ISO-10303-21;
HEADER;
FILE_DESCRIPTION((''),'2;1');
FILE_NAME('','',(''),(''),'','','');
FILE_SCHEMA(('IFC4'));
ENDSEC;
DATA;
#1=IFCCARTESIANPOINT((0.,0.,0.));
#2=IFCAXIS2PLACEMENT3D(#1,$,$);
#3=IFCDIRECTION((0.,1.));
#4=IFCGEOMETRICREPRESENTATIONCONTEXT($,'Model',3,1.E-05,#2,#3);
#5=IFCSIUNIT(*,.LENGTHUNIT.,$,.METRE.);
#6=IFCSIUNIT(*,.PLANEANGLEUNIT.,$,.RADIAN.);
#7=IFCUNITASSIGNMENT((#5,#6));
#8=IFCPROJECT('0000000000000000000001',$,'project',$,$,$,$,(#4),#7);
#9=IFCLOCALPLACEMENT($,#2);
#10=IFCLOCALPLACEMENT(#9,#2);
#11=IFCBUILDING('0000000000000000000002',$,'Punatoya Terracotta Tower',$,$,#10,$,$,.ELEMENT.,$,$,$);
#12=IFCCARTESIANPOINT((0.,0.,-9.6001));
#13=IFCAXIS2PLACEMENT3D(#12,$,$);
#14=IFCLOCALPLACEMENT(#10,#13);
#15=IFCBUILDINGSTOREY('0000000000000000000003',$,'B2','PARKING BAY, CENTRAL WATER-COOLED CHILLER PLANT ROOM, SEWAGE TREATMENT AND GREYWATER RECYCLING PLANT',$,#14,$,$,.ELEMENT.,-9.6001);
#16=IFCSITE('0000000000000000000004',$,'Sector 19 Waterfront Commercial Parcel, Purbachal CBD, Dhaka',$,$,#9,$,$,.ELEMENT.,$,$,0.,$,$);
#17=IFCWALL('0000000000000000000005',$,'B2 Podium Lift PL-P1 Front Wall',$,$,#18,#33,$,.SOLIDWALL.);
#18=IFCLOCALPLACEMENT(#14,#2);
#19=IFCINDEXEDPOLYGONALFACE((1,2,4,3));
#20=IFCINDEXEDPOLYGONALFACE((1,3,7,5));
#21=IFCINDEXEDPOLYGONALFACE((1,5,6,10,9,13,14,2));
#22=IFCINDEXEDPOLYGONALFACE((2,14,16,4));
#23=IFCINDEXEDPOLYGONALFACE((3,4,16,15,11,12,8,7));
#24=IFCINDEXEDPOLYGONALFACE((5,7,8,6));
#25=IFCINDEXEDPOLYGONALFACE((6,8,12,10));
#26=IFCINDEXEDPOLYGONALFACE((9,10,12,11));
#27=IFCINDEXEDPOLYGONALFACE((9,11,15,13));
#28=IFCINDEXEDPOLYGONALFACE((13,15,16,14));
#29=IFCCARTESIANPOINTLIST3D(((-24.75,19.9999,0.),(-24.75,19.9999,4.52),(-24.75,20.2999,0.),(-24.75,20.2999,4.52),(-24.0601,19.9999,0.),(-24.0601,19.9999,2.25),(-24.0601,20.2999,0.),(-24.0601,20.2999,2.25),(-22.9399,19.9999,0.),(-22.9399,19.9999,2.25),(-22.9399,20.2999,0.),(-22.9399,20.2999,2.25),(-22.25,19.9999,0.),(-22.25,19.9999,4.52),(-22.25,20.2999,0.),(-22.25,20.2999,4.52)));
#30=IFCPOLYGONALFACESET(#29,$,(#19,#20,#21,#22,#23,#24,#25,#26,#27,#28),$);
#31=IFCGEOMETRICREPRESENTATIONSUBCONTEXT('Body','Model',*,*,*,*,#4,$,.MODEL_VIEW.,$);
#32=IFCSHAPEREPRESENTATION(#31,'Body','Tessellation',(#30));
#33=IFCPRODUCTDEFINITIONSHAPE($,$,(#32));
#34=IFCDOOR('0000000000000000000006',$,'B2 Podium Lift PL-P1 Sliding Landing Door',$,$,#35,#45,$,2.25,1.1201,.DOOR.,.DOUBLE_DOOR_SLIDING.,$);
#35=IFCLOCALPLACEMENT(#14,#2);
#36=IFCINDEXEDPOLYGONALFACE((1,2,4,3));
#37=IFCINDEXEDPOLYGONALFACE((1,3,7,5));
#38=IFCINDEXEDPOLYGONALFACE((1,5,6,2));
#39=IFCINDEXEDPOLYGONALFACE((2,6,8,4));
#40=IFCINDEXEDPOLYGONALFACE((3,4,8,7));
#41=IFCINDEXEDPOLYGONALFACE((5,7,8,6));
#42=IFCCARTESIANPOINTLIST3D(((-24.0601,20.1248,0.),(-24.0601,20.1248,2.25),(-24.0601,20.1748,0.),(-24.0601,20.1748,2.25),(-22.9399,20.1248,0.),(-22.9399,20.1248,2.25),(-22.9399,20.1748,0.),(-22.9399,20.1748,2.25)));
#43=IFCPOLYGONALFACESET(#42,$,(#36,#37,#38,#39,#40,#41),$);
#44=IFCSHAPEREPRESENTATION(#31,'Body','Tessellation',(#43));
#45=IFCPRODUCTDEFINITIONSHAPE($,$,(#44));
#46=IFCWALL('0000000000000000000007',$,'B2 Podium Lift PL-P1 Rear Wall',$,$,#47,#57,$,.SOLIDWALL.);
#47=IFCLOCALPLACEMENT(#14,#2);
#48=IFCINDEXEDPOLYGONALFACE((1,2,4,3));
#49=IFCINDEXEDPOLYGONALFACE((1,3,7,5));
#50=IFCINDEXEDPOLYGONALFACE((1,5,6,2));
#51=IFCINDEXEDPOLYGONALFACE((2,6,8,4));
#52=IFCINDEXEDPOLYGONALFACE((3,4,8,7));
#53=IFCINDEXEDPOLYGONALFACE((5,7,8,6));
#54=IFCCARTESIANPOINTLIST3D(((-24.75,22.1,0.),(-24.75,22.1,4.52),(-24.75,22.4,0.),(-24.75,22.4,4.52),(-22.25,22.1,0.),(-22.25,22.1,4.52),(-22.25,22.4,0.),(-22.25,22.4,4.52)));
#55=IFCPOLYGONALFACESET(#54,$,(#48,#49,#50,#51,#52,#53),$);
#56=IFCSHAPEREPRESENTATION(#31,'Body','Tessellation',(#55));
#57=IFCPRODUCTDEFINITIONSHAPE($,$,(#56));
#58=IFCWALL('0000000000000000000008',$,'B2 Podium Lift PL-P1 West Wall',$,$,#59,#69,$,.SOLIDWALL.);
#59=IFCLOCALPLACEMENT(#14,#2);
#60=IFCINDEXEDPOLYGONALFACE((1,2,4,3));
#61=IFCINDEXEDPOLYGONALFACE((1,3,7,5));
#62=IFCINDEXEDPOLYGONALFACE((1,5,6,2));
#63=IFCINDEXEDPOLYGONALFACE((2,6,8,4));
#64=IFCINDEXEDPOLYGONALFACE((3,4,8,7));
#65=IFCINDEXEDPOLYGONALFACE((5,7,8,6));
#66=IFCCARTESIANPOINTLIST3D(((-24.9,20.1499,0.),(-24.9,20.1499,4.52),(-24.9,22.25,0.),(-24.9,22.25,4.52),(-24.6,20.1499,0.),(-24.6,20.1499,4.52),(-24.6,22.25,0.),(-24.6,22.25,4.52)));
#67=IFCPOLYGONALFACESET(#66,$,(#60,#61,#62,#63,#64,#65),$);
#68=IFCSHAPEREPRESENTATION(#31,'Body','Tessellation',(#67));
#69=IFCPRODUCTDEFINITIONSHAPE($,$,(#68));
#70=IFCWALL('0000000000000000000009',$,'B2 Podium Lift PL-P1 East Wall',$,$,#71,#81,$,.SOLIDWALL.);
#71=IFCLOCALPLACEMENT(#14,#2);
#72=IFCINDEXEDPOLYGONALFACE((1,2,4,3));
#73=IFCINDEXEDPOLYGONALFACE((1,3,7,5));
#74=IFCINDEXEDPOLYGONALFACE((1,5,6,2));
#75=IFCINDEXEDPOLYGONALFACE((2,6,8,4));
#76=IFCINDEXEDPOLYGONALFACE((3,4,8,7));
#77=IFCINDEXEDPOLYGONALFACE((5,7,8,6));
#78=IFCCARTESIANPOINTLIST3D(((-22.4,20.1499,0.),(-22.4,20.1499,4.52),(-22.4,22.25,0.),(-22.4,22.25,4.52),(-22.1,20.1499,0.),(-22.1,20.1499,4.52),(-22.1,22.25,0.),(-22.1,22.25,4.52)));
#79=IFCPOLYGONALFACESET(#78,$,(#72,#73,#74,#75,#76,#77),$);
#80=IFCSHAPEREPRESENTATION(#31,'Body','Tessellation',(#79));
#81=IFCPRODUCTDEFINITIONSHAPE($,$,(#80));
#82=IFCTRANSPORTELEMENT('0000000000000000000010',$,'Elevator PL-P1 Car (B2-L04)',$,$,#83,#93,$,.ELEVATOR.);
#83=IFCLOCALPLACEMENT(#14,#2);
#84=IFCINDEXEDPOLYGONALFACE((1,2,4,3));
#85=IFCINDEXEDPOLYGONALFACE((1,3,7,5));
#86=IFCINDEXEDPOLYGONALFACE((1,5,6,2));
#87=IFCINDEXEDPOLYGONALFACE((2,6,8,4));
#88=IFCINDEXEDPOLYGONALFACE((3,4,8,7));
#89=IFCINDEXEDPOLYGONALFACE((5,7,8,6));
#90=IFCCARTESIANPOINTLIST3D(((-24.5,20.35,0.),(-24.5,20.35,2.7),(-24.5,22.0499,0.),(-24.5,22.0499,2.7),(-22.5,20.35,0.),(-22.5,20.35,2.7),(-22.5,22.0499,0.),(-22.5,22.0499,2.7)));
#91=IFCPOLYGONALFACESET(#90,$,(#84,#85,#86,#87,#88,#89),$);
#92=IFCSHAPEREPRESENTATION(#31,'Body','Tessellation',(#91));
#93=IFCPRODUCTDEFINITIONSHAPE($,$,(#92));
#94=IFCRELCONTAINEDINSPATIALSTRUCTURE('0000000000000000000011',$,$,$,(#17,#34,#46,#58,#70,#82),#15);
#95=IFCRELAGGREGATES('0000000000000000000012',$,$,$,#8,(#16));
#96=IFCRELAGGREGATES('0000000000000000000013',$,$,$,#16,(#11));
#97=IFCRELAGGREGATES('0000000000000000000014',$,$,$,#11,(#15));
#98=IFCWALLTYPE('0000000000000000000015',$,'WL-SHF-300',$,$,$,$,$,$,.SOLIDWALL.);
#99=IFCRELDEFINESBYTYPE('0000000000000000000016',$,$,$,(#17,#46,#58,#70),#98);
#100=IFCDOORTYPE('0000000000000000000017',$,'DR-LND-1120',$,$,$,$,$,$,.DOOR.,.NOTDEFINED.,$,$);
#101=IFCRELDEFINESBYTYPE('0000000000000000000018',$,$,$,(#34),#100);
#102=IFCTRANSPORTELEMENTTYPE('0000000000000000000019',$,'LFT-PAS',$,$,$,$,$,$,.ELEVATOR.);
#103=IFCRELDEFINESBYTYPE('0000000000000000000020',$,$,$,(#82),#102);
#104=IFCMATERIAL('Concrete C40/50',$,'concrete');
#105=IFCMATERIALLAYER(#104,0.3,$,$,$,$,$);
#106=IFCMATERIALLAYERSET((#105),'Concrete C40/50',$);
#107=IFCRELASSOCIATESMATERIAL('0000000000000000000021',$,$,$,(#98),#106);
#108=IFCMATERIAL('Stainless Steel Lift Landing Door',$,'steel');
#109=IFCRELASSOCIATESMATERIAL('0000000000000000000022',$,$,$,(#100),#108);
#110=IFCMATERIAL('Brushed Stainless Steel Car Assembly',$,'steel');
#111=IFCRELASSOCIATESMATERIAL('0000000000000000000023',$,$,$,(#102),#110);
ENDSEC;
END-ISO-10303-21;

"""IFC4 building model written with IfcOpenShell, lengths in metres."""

from ifc_helpers import new_model, si_unit, direction, frame, frame_2d, origin, origin_2d, place, context, subcontext, project, spatial, rectangle, extrude, material, layer, layer_set, type_object, element, fill, save


model = new_model("IFC4")

# Units and contexts
model_context = context("Model", 3, precision=1e-05, world=origin(), true_north=direction((0.0, 1.0)))
body_context = subcontext(model_context, "Body", "Model", "MODEL_VIEW")
ifc_project = project(units=[si_unit("LENGTHUNIT", "METRE"), si_unit("PLANEANGLEUNIT", "RADIAN")], contexts=[model_context])

# Site, building, storey
site_placement = place(None, origin())
site = spatial("IfcSite", under=ifc_project, at=site_placement, Name="Sector 19 Waterfront Commercial Parcel, Purbachal CBD, Dhaka", CompositionType="ELEMENT", RefElevation=0.0)
building_placement = place(site_placement, origin())
building = spatial("IfcBuilding", under=site, at=building_placement, Name="Punatoya Terracotta Tower", CompositionType="ELEMENT")
storey_placement = place(building_placement, frame((0.0, 0.0, -9.6001)))
storey = spatial("IfcBuildingStorey", under=building, at=storey_placement, Name="B2", Description="PARKING BAY, CENTRAL WATER-COOLED CHILLER PLANT ROOM, SEWAGE TREATMENT AND GREYWATER RECYCLING PLANT", CompositionType="ELEMENT", Elevation=-9.6001)

# Wall, opening, door
ifc_material_1 = material(Name="Concrete C40/50", Category="concrete")
ifc_layer_1 = layer(ifc_material_1, 0.3)
ifc_layer_set_1 = layer_set([ifc_layer_1], Name="Concrete C40/50")
wall_type_1 = type_object("IfcWallType", Name="WL-SHF-300", PredefinedType="SOLIDWALL", material=ifc_layer_set_1)
wall_1_placement = place(storey_placement, frame((-24.75, 20.1499, 0.0), z_axis=(0.0, 0.0, 1.0), x_axis=(1.0, 0.0, 0.0)))
wall_1 = element("IfcWall", 1, at=wall_1_placement, inside=storey, type_object=wall_type_1, Name="B2 Podium Lift PL-P1 Front Wall", PredefinedType="SOLIDWALL", context=body_context, shape_type="SweptSolid", body=[
    extrude(rectangle(XDim=2.5, YDim=0.3, at=frame_2d((1.25, 0.0))), origin(), (0.0, 0.0, 1.0), 4.52),
])
opening_placement = place(wall_1_placement, frame((0.6899, 0.0, 0.0)))
opening = element("IfcOpeningElement", 2, at=opening_placement, cuts=wall_1, PredefinedType="OPENING", context=body_context, shape_type="SweptSolid", body=[
    extrude(rectangle(XDim=1.1201, YDim=2.25, at=frame_2d((0.5601, 1.125))), frame((0.0, 0.1599, 0.0), z_axis=(0.0, -1.0, 0.0), x_axis=(1.0, 0.0, 0.0)), (0.0, 0.0, 1.0), 0.3201),
])
ifc_material_2 = material(Name="Stainless Steel Lift Landing Door", Category="steel")
door_type = type_object("IfcDoorType", Name="DR-LND-1120", OperationType="NOTDEFINED", PredefinedType="DOOR", material=ifc_material_2)
door_placement = place(opening_placement, origin())
door = element("IfcDoor", 3, at=door_placement, inside=storey, type_object=door_type, Name="B2 Podium Lift PL-P1 Sliding Landing Door", OperationType="DOUBLE_DOOR_SLIDING", OverallHeight=2.25, OverallWidth=1.1201, PredefinedType="DOOR", context=body_context, shape_type="SweptSolid", body=[
    extrude(rectangle(XDim=1.1201, YDim=2.25, at=frame_2d((0.5601, 1.125))), frame((0.0, 0.0249, 0.0), z_axis=(0.0, -1.0, 0.0), x_axis=(1.0, 0.0, 0.0)), (0.0, 0.0, 1.0), 0.05),
])
fill(opening, door)

# Walls
wall_2_placement = place(storey_placement, frame((-24.75, 22.25, 0.0), z_axis=(0.0, 0.0, 1.0), x_axis=(1.0, 0.0, 0.0)))
element("IfcWall", 4, at=wall_2_placement, inside=storey, type_object=wall_type_1, Name="B2 Podium Lift PL-P1 Rear Wall", PredefinedType="SOLIDWALL", context=body_context, shape_type="SweptSolid", body=[
    extrude(rectangle(XDim=2.5, YDim=0.3, at=frame_2d((1.25, 0.0))), origin(), (0.0, 0.0, 1.0), 4.52),
])
for number, where, z_axis, x_axis, name in (
    (5, (-24.75, 20.1499, 0.0), (0.0, 0.0, 1.0), (0.0, 1.0, 0.0), "B2 Podium Lift PL-P1 West Wall"),
    (6, (-22.25, 20.1499, 0.0), (0.0, 0.0, 1.0), (0.0, 1.0, 0.0), "B2 Podium Lift PL-P1 East Wall"),
):
    element("IfcWall", number, at=place(storey_placement, frame(where, z_axis=z_axis, x_axis=x_axis)), inside=storey, type_object=wall_type_1, Name=name, PredefinedType="SOLIDWALL", context=body_context, shape_type="SweptSolid", body=[
        extrude(rectangle(XDim=2.1001, YDim=0.3, at=frame_2d((1.05, 0.0))), origin(), (0.0, 0.0, 1.0), 4.52),
    ])

# Transport element
ifc_material_3 = material(Name="Brushed Stainless Steel Car Assembly", Category="steel")
transport_element_type = type_object("IfcTransportElementType", Name="LFT-PAS", PredefinedType="ELEVATOR", material=ifc_material_3)
transport_element_placement = place(storey_placement, frame((-23.5, 21.2, 0.0), z_axis=(0.0, 0.0, 1.0), x_axis=(1.0, 0.0, 0.0)))
element("IfcTransportElement", 7, at=transport_element_placement, inside=storey, type_object=transport_element_type, Name="Elevator PL-P1 Car (B2-L04)", PredefinedType="ELEVATOR", context=body_context, shape_type="SweptSolid", body=[
    extrude(rectangle(XDim=2.0, YDim=1.7, at=origin_2d()), origin(), (0.0, 0.0, 1.0), 2.7),
])

save(model, "model.ifc")
